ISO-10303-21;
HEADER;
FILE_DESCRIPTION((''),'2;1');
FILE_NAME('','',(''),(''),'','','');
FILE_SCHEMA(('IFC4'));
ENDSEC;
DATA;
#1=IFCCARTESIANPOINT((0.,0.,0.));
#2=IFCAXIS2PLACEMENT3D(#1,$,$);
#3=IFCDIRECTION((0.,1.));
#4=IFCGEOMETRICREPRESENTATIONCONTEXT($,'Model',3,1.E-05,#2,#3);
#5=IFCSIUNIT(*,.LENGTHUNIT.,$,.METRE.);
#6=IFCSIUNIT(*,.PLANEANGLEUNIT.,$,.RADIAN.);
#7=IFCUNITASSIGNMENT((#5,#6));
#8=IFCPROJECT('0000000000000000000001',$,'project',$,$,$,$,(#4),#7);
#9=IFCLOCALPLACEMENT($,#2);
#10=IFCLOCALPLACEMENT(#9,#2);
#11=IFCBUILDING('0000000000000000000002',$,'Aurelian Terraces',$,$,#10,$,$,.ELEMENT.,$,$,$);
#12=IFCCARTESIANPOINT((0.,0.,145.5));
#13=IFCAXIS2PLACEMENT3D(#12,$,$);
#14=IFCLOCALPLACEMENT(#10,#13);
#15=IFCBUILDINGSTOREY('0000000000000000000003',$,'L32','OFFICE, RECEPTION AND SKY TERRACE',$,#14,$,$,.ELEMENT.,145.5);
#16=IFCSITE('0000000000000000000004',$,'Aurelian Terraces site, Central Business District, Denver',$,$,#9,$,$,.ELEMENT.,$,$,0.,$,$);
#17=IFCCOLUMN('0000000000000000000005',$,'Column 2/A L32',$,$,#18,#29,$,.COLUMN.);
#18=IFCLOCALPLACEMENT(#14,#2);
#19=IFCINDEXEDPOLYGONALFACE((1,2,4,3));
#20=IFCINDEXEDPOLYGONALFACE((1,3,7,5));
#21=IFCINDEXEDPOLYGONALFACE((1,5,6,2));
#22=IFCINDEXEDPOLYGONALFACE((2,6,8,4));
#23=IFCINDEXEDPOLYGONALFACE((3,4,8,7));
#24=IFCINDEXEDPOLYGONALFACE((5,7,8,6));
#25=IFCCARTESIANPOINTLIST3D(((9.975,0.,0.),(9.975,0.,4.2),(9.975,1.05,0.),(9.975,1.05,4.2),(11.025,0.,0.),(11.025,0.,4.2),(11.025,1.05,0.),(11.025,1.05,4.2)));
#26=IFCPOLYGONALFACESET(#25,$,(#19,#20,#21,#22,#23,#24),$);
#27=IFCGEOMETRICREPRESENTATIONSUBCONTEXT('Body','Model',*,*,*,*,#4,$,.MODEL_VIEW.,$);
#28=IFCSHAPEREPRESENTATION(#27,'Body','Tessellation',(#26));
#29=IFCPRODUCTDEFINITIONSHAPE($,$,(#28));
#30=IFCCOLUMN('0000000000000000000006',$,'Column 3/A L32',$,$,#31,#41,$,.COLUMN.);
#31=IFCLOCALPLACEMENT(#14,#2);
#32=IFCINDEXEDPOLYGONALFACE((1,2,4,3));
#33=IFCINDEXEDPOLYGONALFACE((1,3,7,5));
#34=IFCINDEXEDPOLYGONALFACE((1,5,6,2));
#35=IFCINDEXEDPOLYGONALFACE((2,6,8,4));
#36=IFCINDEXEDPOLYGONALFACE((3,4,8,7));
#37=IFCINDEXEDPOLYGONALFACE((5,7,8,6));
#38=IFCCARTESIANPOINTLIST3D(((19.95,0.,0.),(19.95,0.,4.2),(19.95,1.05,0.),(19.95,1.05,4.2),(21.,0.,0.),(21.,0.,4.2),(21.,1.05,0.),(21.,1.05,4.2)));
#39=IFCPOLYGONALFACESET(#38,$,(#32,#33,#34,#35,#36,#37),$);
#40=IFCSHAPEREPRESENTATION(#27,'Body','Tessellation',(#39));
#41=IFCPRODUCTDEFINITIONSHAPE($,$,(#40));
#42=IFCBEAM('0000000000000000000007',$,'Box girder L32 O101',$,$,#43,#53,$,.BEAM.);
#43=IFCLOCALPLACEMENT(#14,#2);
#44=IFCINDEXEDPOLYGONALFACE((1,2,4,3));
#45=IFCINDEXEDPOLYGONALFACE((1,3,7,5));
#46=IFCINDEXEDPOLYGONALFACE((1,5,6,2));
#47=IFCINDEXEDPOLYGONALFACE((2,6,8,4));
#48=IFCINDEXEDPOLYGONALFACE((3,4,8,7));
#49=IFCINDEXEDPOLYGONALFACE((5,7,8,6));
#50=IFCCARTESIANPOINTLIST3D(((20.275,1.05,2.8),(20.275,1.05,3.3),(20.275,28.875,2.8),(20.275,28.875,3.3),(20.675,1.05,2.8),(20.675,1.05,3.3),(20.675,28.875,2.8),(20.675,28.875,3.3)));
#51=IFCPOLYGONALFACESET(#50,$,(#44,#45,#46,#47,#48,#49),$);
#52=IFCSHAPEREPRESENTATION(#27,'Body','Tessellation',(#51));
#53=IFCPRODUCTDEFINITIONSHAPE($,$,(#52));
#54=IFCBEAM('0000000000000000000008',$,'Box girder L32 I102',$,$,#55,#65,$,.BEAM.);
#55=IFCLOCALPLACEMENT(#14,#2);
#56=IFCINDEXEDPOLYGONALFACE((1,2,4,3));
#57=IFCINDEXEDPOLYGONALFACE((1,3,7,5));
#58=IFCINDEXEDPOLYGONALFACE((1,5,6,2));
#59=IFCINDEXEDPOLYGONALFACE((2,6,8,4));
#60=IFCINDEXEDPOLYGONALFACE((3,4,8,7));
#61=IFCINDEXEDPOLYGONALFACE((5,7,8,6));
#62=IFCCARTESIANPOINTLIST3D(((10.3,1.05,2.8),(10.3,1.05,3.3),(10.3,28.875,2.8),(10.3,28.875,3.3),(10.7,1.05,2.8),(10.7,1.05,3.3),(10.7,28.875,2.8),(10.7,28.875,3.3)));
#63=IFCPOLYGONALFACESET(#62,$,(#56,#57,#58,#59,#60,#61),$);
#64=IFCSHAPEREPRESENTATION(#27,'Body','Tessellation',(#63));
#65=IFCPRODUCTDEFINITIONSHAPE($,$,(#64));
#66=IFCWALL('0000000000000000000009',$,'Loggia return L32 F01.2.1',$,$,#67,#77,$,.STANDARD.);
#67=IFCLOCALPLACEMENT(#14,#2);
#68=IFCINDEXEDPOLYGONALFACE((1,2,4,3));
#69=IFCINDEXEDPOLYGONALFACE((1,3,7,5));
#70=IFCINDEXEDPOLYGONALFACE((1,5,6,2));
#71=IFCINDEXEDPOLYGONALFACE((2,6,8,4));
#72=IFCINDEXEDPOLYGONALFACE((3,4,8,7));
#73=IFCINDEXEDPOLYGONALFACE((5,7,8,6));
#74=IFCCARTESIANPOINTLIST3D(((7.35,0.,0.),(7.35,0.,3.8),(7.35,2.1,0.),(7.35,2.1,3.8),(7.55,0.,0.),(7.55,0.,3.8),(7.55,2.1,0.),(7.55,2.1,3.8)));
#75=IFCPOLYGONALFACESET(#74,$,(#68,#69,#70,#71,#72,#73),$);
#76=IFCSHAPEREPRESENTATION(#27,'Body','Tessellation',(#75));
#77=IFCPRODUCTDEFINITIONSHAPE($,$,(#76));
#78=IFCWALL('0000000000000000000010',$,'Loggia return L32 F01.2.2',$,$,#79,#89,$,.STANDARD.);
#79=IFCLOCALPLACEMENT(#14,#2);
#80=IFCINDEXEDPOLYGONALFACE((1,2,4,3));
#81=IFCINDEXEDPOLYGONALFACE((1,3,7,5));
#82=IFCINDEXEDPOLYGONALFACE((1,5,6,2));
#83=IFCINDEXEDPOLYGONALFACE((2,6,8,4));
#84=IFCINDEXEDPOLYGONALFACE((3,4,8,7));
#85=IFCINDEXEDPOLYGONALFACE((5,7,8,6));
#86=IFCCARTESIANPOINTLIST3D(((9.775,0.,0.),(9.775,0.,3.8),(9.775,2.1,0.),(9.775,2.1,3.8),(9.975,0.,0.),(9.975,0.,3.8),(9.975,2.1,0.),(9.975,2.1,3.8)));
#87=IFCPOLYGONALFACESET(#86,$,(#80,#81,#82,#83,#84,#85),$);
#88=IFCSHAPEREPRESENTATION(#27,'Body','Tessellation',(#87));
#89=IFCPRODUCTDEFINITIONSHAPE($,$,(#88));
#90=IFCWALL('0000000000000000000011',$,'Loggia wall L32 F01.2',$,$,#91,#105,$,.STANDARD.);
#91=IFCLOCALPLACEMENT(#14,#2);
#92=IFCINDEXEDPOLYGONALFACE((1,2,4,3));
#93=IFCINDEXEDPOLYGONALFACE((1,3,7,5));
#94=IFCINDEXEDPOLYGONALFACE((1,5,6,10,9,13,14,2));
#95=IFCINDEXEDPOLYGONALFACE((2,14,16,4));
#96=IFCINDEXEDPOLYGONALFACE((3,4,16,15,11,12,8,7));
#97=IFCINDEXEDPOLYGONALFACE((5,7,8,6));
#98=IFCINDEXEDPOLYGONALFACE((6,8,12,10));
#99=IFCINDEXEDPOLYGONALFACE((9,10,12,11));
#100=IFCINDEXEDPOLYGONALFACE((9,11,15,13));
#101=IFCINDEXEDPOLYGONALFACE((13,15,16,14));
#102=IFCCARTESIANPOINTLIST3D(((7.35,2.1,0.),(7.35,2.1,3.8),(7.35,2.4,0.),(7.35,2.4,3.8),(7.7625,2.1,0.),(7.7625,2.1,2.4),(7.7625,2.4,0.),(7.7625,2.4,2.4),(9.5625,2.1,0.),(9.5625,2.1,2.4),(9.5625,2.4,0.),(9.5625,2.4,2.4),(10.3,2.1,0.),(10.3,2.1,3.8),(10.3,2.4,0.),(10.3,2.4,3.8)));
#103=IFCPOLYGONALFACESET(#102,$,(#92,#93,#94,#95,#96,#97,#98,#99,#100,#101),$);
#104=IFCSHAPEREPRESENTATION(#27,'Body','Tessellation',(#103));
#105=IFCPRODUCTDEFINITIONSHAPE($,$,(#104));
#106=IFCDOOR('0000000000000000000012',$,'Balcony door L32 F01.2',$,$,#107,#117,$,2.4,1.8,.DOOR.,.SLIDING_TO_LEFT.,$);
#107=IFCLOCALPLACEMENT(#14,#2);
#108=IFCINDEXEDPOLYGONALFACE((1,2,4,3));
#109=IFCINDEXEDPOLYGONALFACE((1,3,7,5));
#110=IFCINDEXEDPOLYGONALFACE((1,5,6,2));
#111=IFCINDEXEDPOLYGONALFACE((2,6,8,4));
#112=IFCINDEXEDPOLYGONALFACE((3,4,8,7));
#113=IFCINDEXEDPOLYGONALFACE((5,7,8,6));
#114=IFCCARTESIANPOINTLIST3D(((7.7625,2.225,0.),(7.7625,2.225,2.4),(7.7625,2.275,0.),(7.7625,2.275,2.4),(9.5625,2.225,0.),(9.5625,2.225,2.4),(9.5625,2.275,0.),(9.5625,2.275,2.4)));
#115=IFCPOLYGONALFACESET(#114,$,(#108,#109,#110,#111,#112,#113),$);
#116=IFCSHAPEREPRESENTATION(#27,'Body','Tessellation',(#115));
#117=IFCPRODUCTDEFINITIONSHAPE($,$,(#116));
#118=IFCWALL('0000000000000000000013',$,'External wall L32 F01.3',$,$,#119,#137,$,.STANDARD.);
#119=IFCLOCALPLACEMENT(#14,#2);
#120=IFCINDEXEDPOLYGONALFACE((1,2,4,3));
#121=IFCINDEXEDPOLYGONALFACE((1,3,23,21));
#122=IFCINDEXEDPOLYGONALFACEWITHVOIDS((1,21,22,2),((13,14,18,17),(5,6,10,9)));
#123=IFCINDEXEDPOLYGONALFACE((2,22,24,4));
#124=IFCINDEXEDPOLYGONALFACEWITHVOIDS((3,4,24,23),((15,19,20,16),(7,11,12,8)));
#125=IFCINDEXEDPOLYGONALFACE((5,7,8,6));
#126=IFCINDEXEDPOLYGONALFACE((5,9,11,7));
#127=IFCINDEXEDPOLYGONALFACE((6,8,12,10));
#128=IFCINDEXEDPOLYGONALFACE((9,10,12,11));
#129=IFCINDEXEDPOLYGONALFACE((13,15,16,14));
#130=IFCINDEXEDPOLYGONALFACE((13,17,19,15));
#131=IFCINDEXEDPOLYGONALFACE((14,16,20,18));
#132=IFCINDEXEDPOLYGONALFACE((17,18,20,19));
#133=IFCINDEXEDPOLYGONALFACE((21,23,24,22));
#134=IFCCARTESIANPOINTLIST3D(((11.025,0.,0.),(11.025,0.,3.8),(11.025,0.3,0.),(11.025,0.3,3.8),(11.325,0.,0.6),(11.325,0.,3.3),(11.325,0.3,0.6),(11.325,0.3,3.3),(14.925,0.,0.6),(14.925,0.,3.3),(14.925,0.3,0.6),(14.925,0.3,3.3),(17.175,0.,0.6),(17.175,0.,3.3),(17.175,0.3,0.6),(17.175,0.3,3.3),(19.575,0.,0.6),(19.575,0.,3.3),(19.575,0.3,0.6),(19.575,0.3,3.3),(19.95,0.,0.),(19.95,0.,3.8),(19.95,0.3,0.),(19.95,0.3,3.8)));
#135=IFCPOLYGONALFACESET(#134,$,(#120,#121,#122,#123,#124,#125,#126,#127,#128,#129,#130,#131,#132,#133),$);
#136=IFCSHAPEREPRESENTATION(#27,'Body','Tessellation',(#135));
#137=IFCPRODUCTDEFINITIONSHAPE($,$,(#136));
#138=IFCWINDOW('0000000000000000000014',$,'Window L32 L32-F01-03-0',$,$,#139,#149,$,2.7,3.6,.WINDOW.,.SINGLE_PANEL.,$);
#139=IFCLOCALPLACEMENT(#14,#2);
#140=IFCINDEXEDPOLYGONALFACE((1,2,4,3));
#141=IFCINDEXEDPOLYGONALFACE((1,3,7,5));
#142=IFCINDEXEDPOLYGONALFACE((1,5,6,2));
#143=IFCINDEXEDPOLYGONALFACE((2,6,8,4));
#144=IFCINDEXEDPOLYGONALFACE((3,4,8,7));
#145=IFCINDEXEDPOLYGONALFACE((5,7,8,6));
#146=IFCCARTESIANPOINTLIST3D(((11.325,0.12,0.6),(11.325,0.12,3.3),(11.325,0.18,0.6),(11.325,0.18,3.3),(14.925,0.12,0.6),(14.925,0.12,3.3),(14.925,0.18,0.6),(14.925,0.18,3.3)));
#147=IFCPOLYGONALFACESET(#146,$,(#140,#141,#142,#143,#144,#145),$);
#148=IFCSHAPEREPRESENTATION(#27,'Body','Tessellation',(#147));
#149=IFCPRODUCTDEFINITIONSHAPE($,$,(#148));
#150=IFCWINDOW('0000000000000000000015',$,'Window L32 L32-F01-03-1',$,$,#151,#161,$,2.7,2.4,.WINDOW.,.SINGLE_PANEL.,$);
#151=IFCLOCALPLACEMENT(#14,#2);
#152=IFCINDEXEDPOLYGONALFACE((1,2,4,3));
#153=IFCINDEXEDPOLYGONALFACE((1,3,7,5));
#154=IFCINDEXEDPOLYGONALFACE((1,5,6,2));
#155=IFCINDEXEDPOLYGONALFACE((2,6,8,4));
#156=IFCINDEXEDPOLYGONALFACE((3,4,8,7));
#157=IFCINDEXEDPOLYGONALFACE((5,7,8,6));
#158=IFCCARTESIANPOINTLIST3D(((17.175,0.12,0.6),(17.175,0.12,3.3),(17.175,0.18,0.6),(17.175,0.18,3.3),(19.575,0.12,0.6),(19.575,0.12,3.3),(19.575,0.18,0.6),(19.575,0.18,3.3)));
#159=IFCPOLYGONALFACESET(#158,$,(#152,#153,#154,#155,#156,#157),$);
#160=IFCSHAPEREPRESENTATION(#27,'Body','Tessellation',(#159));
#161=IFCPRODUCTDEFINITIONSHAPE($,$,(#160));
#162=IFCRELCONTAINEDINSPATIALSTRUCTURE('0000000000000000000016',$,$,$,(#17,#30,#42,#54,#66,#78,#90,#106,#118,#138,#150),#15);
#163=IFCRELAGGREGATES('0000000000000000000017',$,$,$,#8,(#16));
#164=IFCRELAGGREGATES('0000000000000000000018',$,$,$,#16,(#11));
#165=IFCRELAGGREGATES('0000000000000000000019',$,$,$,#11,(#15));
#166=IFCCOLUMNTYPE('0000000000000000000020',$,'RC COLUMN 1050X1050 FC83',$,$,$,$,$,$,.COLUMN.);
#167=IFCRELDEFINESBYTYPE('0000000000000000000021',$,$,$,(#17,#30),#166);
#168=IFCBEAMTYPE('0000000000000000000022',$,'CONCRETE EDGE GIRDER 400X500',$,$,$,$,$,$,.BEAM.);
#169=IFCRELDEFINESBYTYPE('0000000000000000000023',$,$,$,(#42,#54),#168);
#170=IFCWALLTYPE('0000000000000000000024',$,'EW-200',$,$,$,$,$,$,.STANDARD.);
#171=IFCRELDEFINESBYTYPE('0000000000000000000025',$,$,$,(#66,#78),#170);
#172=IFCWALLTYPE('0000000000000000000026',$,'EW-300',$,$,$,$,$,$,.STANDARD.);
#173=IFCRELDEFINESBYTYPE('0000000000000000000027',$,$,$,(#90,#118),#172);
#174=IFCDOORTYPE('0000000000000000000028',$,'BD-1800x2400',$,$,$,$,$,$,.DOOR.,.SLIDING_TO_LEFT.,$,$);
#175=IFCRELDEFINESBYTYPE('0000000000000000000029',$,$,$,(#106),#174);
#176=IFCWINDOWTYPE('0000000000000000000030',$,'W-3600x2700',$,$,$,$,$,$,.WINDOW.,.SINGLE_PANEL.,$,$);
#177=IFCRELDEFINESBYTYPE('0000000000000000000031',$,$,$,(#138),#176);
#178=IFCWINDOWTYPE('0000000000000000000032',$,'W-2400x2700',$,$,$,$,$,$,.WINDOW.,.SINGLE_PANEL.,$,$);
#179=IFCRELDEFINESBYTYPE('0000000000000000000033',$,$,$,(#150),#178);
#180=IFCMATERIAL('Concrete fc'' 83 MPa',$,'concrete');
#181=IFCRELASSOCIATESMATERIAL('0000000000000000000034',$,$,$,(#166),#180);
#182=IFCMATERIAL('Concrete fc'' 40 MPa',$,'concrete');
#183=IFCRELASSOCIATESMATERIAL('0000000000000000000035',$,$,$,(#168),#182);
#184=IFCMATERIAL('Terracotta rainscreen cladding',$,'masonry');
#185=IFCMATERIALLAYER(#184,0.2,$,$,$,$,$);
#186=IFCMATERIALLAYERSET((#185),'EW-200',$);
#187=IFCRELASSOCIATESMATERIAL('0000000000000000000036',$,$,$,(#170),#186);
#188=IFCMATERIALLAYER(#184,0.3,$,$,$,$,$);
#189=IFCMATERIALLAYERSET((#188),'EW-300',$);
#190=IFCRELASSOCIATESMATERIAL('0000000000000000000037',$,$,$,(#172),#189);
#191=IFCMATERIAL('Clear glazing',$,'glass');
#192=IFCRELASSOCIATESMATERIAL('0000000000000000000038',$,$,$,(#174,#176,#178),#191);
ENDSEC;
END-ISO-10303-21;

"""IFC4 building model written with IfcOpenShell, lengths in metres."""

from ifc_helpers import new_model, si_unit, direction, frame, frame_2d, origin, origin_2d, place, context, subcontext, project, spatial, rectangle, extrude, source, transform, mapped, material, layer, layer_set, material_profile, profile_set, type_object, element, fill, save


model = new_model("IFC4")

# Units and contexts
model_context = context("Model", 3, precision=1e-05, world=origin(), true_north=direction((0.0, 1.0)))
body_context = subcontext(model_context, "Body", "Model", "MODEL_VIEW")
ifc_project = project(units=[si_unit("LENGTHUNIT", "METRE"), si_unit("PLANEANGLEUNIT", "RADIAN")], contexts=[model_context])

# Site, building, storey
site_placement = place(None, origin())
site = spatial("IfcSite", under=ifc_project, at=site_placement, Name="Aurelian Terraces site, Central Business District, Denver", CompositionType="ELEMENT", RefElevation=0.0)
building_placement = place(site_placement, origin())
building = spatial("IfcBuilding", under=site, at=building_placement, Name="Aurelian Terraces", CompositionType="ELEMENT")
storey_placement = place(building_placement, frame((0.0, 0.0, 145.5)))
storey = spatial("IfcBuildingStorey", under=building, at=storey_placement, Name="L32", Description="OFFICE, RECEPTION AND SKY TERRACE", CompositionType="ELEMENT", Elevation=145.5)

# Columns
ifc_material_1 = material(Name="Concrete fc' 83 MPa", Category="concrete")
ifc_material_profile_1 = material_profile(ifc_material_1, rectangle(XDim=1.05, YDim=1.05, at=origin_2d()))
ifc_profile_set_1 = profile_set([ifc_material_profile_1], Name="Concrete fc' 83 MPa")
column_type = type_object("IfcColumnType", Name="RC COLUMN 1050X1050 FC83", PredefinedType="COLUMN", material=ifc_profile_set_1)
shared_shape_1 = source(origin(), body_context, "Body", "SweptSolid", [
    extrude(rectangle(XDim=1.05, YDim=1.05, at=origin_2d()), origin(), (0.0, 0.0, 1.0), 4.2),
])
for number, where, z_axis, x_axis, name in (
    (1, (10.5, 0.525, 0.0), (0.0, 0.0, 1.0), (1.0, 0.0, 0.0), "Column 2/A L32"),
    (2, (20.475, 0.525, 0.0), (0.0, 0.0, 1.0), (1.0, 0.0, 0.0), "Column 3/A L32"),
):
    element("IfcColumn", number, at=place(storey_placement, frame(where, z_axis=z_axis, x_axis=x_axis)), inside=storey, type_object=column_type, Name=name, PredefinedType="COLUMN", context=body_context, shape_type="MappedRepresentation", body=[
        mapped(shared_shape_1, transform((0.0, 0.0, 0.0), scale=1.0)),
    ])

# Beams
ifc_material_2 = material(Name="Concrete fc' 40 MPa", Category="concrete")
ifc_material_profile_2 = material_profile(ifc_material_2, rectangle(XDim=0.4, YDim=0.5, at=origin_2d()))
ifc_profile_set_2 = profile_set([ifc_material_profile_2], Name="Concrete fc' 40 MPa")
beam_type = type_object("IfcBeamType", Name="CONCRETE EDGE GIRDER 400X500", PredefinedType="BEAM", material=ifc_profile_set_2)
shared_shape_2 = source(origin(), body_context, "Body", "SweptSolid", [
    extrude(rectangle(XDim=0.4, YDim=0.5, at=origin_2d()), origin(), (0.0, 0.0, 1.0), 27.825),
])
for number, where, z_axis, x_axis, name in (
    (3, (20.475, 1.05, 3.05), (0.0, 1.0, 0.0), (-1.0, 0.0, 0.0), "Box girder L32 O101"),
    (4, (10.5, 1.05, 3.05), (0.0, 1.0, 0.0), (-1.0, 0.0, 0.0), "Box girder L32 I102"),
):
    element("IfcBeam", number, at=place(storey_placement, frame(where, z_axis=z_axis, x_axis=x_axis)), inside=storey, type_object=beam_type, Name=name, PredefinedType="BEAM", context=body_context, shape_type="MappedRepresentation", body=[
        mapped(shared_shape_2, transform((0.0, 0.0, 0.0), scale=1.0)),
    ])

# Walls
ifc_material_3 = material(Name="Terracotta rainscreen cladding", Category="masonry")
ifc_layer_1 = layer(ifc_material_3, 0.2)
ifc_layer_set_1 = layer_set([ifc_layer_1], Name="EW-200")
wall_type_1 = type_object("IfcWallType", Name="EW-200", PredefinedType="STANDARD", material=ifc_layer_set_1)
shared_shape_3 = source(origin(), body_context, "Body", "SweptSolid", [
    extrude(rectangle(XDim=2.1, YDim=0.2, at=frame_2d((1.05, 0.0))), origin(), (0.0, 0.0, 1.0), 3.8),
])
for number, where, z_axis, x_axis, name in (
    (5, (7.45, 0.0, 0.0), (0.0, 0.0, 1.0), (0.0, 1.0, 0.0), "Loggia return L32 F01.2.1"),
    (6, (9.875, 0.0, 0.0), (0.0, 0.0, 1.0), (0.0, 1.0, 0.0), "Loggia return L32 F01.2.2"),
):
    element("IfcWall", number, at=place(storey_placement, frame(where, z_axis=z_axis, x_axis=x_axis)), inside=storey, type_object=wall_type_1, Name=name, PredefinedType="STANDARD", context=body_context, shape_type="MappedRepresentation", body=[
        mapped(shared_shape_3, transform((0.0, 0.0, 0.0), scale=1.0)),
    ])

# Wall, opening, door
ifc_layer_2 = layer(ifc_material_3, 0.3)
ifc_layer_set_2 = layer_set([ifc_layer_2], Name="EW-300")
wall_type_2 = type_object("IfcWallType", Name="EW-300", PredefinedType="STANDARD", material=ifc_layer_set_2)
shared_shape_4 = source(origin(), body_context, "Body", "SweptSolid", [
    extrude(rectangle(XDim=2.95, YDim=0.3, at=frame_2d((1.475, 0.0))), origin(), (0.0, 0.0, 1.0), 3.8),
])
wall_1_placement = place(storey_placement, frame((7.35, 2.25, 0.0), z_axis=(0.0, 0.0, 1.0), x_axis=(1.0, 0.0, 0.0)))
wall_1 = element("IfcWall", 7, at=wall_1_placement, inside=storey, type_object=wall_type_2, Name="Loggia wall L32 F01.2", PredefinedType="STANDARD", context=body_context, shape_type="MappedRepresentation", body=[
    mapped(shared_shape_4, transform((0.0, 0.0, 0.0), scale=1.0)),
])
shared_shape_5 = source(origin(), body_context, "Body", "SweptSolid", [
    extrude(rectangle(XDim=1.8, YDim=2.4, at=frame_2d((0.9, 1.2))), frame((0.0, 0.16, 0.0), z_axis=(0.0, -1.0, 0.0), x_axis=(1.0, 0.0, 0.0)), (0.0, 0.0, 1.0), 0.32),
])
opening_1_placement = place(wall_1_placement, frame((0.4125, 0.0, 0.0)))
opening_1 = element("IfcOpeningElement", 8, at=opening_1_placement, cuts=wall_1, PredefinedType="OPENING", context=body_context, shape_type="MappedRepresentation", body=[
    mapped(shared_shape_5, transform((0.0, 0.0, 0.0), scale=1.0)),
])
ifc_material_4 = material(Name="Clear glazing", Category="glass")
door_type = type_object("IfcDoorType", Name="BD-1800x2400", OperationType="SLIDING_TO_LEFT", PredefinedType="DOOR", material=ifc_material_4)
shared_shape_6 = source(origin(), body_context, "Body", "SweptSolid", [
    extrude(rectangle(XDim=1.8, YDim=2.4, at=frame_2d((0.9, 1.2))), frame((0.0, 0.025, 0.0), z_axis=(0.0, -1.0, 0.0), x_axis=(1.0, 0.0, 0.0)), (0.0, 0.0, 1.0), 0.05),
])
door_placement = place(opening_1_placement, origin())
door = element("IfcDoor", 9, at=door_placement, inside=storey, type_object=door_type, Name="Balcony door L32 F01.2", OperationType="SLIDING_TO_LEFT", OverallHeight=2.4, OverallWidth=1.8, PredefinedType="DOOR", context=body_context, shape_type="MappedRepresentation", body=[
    mapped(shared_shape_6, transform((0.0, 0.0, 0.0), scale=1.0)),
])
fill(opening_1, door)

# Wall, openings, windows
shared_shape_7 = source(origin(), body_context, "Body", "SweptSolid", [
    extrude(rectangle(XDim=8.925, YDim=0.3, at=frame_2d((4.4625, 0.0))), origin(), (0.0, 0.0, 1.0), 3.8),
])
wall_2_placement = place(storey_placement, frame((11.025, 0.15, 0.0), z_axis=(0.0, 0.0, 1.0), x_axis=(1.0, 0.0, 0.0)))
wall_2 = element("IfcWall", 10, at=wall_2_placement, inside=storey, type_object=wall_type_2, Name="External wall L32 F01.3", PredefinedType="STANDARD", context=body_context, shape_type="MappedRepresentation", body=[
    mapped(shared_shape_7, transform((0.0, 0.0, 0.0), scale=1.0)),
])
shared_shape_8 = source(origin(), body_context, "Body", "SweptSolid", [
    extrude(rectangle(XDim=3.6, YDim=2.7, at=frame_2d((1.8, 1.35))), frame((0.0, 0.16, 0.0), z_axis=(0.0, -1.0, 0.0), x_axis=(1.0, 0.0, 0.0)), (0.0, 0.0, 1.0), 0.32),
])
opening_2_placement = place(wall_2_placement, frame((0.3, 0.0, 0.6)))
opening_2 = element("IfcOpeningElement", 11, at=opening_2_placement, cuts=wall_2, PredefinedType="OPENING", context=body_context, shape_type="MappedRepresentation", body=[
    mapped(shared_shape_8, transform((0.0, 0.0, 0.0), scale=1.0)),
])
shared_shape_9 = source(origin(), body_context, "Body", "SweptSolid", [
    extrude(rectangle(XDim=2.4, YDim=2.7, at=frame_2d((1.2, 1.35))), frame((0.0, 0.16, 0.0), z_axis=(0.0, -1.0, 0.0), x_axis=(1.0, 0.0, 0.0)), (0.0, 0.0, 1.0), 0.32),
])
opening_3_placement = place(wall_2_placement, frame((6.15, 0.0, 0.6)))
opening_3 = element("IfcOpeningElement", 12, at=opening_3_placement, cuts=wall_2, PredefinedType="OPENING", context=body_context, shape_type="MappedRepresentation", body=[
    mapped(shared_shape_9, transform((0.0, 0.0, 0.0), scale=1.0)),
])
window_type_1 = type_object("IfcWindowType", Name="W-3600x2700", PartitioningType="SINGLE_PANEL", PredefinedType="WINDOW", material=ifc_material_4)
shared_shape_10 = source(origin(), body_context, "Body", "SweptSolid", [
    extrude(rectangle(XDim=3.6, YDim=2.7, at=frame_2d((1.8, 1.35))), frame((0.0, 0.03, 0.0), z_axis=(0.0, -1.0, 0.0), x_axis=(1.0, 0.0, 0.0)), (0.0, 0.0, 1.0), 0.06),
])
window_1_placement = place(opening_2_placement, origin())
window_1 = element("IfcWindow", 13, at=window_1_placement, inside=storey, type_object=window_type_1, Name="Window L32 L32-F01-03-0", OverallHeight=2.7, OverallWidth=3.6, PartitioningType="SINGLE_PANEL", PredefinedType="WINDOW", context=body_context, shape_type="MappedRepresentation", body=[
    mapped(shared_shape_10, transform((0.0, 0.0, 0.0), scale=1.0)),
])
fill(opening_2, window_1)
window_type_2 = type_object("IfcWindowType", Name="W-2400x2700", PartitioningType="SINGLE_PANEL", PredefinedType="WINDOW", material=ifc_material_4)
shared_shape_11 = source(origin(), body_context, "Body", "SweptSolid", [
    extrude(rectangle(XDim=2.4, YDim=2.7, at=frame_2d((1.2, 1.35))), frame((0.0, 0.03, 0.0), z_axis=(0.0, -1.0, 0.0), x_axis=(1.0, 0.0, 0.0)), (0.0, 0.0, 1.0), 0.06),
])
window_2_placement = place(opening_3_placement, origin())
window_2 = element("IfcWindow", 14, at=window_2_placement, inside=storey, type_object=window_type_2, Name="Window L32 L32-F01-03-1", OverallHeight=2.7, OverallWidth=2.4, PartitioningType="SINGLE_PANEL", PredefinedType="WINDOW", context=body_context, shape_type="MappedRepresentation", body=[
    mapped(shared_shape_11, transform((0.0, 0.0, 0.0), scale=1.0)),
])
fill(opening_3, window_2)

save(model, "model.ifc")
